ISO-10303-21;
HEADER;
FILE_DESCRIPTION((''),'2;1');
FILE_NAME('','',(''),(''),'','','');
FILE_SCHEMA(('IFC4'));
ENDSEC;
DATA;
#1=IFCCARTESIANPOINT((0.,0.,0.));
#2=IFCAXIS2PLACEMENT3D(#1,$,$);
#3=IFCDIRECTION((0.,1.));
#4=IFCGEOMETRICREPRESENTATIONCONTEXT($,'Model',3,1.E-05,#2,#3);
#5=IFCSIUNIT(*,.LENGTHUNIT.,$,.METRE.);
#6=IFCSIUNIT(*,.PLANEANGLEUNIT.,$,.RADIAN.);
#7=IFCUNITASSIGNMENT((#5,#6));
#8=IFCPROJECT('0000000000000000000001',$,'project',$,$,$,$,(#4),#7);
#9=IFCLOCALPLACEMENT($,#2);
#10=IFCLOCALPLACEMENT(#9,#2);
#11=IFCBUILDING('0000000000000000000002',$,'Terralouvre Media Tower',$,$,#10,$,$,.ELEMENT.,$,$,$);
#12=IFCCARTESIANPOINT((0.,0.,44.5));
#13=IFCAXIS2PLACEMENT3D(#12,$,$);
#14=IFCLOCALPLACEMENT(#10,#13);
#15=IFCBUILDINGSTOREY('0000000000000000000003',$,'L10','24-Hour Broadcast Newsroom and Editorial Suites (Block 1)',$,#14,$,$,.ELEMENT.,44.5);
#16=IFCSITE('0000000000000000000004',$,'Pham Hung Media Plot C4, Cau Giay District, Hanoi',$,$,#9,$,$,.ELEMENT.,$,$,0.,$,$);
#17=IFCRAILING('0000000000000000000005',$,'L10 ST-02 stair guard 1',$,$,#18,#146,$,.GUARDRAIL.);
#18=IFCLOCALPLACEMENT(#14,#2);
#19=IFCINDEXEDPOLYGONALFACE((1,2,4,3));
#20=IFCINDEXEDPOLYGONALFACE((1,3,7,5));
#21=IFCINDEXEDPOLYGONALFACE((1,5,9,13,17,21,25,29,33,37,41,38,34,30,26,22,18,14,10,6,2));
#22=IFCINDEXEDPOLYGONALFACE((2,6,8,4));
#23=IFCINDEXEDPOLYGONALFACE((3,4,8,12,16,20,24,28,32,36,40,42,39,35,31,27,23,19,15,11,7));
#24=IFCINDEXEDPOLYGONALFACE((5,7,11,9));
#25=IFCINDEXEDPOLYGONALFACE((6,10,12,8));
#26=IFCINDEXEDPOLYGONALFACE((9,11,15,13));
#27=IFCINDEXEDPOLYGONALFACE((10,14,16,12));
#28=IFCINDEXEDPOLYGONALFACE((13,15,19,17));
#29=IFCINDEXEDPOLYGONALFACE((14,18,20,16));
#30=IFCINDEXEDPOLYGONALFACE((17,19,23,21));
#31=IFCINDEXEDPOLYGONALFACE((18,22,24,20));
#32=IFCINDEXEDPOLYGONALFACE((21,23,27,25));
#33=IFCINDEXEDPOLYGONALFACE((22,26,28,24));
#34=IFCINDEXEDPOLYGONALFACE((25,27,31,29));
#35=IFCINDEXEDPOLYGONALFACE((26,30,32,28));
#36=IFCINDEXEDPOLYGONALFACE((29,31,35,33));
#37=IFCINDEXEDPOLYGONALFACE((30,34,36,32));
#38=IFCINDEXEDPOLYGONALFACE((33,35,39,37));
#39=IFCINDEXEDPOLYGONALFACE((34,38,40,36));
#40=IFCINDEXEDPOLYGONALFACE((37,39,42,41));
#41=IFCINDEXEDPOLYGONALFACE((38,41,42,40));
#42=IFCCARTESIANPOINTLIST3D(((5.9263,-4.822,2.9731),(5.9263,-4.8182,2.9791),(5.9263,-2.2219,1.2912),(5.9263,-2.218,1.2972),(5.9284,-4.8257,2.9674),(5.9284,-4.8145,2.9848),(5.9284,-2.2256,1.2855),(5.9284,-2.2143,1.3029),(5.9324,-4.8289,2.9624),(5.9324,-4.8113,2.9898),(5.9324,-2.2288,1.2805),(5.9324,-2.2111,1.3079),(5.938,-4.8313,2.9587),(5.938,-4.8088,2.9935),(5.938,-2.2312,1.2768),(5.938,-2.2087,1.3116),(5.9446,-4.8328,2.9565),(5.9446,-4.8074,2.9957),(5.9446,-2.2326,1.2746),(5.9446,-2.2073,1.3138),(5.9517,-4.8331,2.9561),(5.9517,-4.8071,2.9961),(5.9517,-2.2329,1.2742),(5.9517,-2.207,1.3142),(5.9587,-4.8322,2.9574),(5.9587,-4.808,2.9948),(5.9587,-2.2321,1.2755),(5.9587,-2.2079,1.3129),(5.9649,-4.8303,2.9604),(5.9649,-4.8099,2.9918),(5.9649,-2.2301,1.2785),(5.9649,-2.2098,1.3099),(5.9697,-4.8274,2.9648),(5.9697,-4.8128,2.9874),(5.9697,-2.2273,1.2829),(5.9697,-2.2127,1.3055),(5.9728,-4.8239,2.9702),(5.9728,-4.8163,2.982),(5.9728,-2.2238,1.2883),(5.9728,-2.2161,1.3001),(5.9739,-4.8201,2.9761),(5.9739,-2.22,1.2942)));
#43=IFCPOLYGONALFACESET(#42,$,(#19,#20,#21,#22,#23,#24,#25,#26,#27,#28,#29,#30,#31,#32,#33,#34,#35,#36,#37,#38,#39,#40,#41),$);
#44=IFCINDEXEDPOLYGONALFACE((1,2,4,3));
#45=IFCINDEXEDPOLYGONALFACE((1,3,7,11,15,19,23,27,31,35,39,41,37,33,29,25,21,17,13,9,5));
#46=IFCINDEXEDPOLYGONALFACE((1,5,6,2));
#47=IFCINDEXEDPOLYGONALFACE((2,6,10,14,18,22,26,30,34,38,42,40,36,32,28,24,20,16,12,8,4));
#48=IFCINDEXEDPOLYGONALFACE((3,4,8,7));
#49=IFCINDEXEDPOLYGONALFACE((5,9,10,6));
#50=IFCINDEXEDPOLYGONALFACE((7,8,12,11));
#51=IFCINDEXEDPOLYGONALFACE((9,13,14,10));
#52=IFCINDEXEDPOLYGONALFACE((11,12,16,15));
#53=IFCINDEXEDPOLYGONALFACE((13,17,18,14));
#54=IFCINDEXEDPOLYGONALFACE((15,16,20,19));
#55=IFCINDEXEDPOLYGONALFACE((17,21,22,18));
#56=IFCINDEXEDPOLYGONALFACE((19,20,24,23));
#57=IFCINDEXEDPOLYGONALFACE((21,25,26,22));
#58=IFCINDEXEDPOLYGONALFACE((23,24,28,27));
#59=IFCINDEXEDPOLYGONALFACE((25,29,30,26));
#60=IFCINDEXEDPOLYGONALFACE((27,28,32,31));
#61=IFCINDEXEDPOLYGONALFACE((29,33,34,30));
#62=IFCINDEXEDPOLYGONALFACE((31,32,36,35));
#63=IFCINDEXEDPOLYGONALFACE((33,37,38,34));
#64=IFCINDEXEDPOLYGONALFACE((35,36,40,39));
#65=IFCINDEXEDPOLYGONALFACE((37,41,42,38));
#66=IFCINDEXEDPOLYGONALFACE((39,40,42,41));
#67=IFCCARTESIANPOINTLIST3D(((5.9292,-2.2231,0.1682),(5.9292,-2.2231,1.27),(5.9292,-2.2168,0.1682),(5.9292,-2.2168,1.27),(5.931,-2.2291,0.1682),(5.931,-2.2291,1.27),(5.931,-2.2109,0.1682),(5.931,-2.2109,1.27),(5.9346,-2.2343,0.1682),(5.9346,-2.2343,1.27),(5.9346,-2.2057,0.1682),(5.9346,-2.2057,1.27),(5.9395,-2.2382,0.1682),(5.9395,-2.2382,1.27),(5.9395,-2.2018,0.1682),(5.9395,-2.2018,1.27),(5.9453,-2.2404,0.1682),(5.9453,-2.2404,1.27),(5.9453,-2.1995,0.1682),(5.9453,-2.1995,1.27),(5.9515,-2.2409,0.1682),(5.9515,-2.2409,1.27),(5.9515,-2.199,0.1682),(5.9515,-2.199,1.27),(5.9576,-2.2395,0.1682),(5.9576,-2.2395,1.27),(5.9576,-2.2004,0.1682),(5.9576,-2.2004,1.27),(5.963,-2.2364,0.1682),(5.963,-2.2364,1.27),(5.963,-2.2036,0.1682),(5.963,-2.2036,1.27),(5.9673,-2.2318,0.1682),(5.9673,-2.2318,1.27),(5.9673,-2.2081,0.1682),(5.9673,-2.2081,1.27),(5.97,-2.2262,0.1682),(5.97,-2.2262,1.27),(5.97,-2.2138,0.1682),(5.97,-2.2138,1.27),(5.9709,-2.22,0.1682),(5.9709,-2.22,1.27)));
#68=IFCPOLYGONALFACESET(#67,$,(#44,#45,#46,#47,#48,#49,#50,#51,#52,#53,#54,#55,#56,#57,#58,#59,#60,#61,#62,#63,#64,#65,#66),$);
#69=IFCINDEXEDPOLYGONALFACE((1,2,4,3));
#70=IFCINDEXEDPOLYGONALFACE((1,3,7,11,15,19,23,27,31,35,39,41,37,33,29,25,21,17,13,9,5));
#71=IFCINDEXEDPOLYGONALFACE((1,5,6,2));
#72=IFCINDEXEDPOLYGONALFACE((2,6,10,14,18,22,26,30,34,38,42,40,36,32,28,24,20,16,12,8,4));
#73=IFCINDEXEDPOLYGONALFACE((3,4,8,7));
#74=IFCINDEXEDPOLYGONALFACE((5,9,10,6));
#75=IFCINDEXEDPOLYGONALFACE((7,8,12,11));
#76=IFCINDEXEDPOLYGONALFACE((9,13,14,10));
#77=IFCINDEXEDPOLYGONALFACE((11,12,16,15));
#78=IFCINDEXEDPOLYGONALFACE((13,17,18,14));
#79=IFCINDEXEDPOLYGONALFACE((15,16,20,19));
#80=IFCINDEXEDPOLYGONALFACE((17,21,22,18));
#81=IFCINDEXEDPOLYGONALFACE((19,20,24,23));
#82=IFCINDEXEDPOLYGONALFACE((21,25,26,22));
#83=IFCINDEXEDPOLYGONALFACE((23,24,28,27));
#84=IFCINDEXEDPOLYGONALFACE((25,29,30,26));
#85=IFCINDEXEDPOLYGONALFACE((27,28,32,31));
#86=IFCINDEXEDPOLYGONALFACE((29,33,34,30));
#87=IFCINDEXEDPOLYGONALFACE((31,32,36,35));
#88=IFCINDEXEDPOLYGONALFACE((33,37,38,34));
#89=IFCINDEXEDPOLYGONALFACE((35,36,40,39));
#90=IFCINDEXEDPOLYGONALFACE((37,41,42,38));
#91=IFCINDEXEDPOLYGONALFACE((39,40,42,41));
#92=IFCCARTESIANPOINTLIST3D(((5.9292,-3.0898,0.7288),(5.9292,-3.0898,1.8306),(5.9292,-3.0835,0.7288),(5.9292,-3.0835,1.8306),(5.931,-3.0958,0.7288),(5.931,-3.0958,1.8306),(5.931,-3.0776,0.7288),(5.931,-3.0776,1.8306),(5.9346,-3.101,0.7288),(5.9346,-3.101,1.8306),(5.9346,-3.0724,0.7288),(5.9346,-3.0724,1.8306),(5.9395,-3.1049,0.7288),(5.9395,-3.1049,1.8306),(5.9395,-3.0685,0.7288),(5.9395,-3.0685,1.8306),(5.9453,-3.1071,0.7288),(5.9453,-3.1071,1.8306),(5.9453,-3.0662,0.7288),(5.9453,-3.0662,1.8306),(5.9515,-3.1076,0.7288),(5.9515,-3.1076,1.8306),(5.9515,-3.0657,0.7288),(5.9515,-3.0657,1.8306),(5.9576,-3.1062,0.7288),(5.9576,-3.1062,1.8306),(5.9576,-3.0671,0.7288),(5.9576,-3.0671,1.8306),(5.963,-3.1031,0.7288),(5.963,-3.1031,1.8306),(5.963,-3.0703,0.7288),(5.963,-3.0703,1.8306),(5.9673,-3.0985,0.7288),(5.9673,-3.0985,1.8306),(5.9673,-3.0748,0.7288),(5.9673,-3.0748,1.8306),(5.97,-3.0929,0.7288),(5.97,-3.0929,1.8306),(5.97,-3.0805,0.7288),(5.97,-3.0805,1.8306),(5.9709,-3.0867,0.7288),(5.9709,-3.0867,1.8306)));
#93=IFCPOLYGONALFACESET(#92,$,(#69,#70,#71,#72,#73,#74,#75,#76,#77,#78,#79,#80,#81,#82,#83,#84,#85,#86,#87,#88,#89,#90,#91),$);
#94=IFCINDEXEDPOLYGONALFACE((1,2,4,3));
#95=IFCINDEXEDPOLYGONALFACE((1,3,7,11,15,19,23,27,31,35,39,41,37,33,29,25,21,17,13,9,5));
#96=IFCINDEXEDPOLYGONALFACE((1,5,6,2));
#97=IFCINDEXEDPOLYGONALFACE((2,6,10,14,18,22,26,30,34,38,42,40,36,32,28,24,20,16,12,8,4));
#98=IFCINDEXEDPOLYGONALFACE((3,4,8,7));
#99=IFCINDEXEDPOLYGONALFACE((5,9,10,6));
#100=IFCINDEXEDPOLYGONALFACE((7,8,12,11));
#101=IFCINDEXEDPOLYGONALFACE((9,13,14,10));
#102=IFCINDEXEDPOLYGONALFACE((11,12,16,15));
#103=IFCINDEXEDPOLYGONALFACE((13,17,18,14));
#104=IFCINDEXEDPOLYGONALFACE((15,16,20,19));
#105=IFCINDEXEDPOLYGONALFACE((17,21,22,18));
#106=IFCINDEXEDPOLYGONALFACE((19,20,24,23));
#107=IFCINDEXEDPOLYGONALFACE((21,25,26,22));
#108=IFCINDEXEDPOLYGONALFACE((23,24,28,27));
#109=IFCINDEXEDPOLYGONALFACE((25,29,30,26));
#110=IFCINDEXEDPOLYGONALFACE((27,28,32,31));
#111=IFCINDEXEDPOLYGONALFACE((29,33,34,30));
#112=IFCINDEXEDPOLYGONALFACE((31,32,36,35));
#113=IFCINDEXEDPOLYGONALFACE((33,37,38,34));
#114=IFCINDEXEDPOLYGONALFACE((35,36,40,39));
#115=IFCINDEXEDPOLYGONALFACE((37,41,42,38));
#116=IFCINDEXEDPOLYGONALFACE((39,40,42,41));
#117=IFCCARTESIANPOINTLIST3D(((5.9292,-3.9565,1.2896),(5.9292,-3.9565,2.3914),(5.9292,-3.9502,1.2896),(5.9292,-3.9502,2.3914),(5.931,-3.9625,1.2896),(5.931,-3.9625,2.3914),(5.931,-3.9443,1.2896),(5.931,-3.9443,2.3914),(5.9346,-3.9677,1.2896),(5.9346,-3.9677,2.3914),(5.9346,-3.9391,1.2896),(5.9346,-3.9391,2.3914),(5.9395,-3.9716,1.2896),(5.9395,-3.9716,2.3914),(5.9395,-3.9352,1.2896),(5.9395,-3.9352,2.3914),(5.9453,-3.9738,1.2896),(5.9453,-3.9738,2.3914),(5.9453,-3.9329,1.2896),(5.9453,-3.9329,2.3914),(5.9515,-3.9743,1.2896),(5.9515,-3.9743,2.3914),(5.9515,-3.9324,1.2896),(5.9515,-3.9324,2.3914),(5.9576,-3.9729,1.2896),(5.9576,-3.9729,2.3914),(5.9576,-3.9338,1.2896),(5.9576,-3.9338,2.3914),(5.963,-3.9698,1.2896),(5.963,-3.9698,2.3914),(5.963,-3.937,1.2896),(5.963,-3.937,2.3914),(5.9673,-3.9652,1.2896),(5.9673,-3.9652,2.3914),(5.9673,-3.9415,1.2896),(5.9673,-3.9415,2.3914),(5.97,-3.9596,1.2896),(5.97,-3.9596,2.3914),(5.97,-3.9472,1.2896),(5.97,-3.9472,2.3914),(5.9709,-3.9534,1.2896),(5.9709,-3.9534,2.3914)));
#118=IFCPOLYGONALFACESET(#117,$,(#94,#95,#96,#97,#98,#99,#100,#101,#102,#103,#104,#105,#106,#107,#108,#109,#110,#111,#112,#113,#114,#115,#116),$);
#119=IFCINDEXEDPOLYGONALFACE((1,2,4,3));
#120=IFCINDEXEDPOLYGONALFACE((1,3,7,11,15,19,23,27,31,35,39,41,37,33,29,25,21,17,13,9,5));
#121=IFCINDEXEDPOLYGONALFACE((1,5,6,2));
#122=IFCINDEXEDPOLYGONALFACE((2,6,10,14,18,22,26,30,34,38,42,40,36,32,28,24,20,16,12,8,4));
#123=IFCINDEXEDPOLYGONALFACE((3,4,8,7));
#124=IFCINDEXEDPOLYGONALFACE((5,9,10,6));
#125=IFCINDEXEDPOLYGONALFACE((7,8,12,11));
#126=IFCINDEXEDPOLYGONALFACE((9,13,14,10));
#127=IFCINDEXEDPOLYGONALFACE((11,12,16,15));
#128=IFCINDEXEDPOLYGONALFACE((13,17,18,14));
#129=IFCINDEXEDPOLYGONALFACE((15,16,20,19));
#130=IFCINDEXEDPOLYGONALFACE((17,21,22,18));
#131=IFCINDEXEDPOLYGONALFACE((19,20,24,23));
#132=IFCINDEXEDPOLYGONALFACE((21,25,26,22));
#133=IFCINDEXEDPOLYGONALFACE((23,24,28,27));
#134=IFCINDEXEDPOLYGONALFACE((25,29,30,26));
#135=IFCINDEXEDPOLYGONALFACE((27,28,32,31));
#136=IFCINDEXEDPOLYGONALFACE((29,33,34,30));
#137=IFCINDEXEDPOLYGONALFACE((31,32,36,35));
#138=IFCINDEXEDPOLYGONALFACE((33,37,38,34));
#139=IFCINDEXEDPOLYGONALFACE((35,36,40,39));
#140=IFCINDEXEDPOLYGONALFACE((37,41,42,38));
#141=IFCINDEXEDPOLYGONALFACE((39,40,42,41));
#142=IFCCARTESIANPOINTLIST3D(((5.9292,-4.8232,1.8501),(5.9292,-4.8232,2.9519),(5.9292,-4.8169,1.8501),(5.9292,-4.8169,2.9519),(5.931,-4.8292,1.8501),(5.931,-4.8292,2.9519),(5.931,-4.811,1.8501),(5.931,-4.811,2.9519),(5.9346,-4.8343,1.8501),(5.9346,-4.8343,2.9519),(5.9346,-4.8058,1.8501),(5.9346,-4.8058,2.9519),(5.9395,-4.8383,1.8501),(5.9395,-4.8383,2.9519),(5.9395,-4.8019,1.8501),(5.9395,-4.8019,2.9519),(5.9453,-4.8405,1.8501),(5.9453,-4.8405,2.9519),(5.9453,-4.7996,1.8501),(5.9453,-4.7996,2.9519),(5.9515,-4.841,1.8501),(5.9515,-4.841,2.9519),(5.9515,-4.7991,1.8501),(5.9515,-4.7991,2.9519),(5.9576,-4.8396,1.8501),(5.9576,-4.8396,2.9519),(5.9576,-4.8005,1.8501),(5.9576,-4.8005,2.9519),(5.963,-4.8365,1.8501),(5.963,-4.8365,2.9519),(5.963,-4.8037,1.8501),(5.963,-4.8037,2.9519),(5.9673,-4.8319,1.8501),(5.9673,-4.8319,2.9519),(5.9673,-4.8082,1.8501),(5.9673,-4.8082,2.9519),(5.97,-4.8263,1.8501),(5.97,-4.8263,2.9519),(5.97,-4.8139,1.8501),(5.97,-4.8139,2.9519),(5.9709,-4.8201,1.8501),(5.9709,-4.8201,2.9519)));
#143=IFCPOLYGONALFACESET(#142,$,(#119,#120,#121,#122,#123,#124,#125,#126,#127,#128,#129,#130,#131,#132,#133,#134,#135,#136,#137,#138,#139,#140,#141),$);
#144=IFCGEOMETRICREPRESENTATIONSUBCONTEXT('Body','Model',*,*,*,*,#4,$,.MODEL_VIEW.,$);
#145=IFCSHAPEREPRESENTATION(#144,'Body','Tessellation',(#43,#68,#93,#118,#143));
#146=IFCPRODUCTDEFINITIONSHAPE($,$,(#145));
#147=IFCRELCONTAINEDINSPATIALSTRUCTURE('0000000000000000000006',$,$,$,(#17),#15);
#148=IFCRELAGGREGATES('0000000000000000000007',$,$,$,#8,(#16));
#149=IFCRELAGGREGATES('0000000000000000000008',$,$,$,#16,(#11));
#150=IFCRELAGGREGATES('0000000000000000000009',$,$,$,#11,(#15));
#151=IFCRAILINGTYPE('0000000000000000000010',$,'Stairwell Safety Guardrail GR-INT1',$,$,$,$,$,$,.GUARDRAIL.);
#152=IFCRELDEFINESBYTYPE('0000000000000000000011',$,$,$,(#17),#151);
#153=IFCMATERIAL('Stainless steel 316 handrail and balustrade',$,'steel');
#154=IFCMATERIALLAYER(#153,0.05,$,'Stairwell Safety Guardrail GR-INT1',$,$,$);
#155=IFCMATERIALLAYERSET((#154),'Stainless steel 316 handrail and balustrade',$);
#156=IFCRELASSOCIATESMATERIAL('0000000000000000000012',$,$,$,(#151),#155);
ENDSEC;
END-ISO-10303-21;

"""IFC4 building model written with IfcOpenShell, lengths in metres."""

from ifc_helpers import new_model, si_unit, direction, frame, origin, origin_2d, place, context, subcontext, project, spatial, circle, extrude, material, layer, layer_set, type_object, element, save


model = new_model("IFC4")

# Units and contexts
model_context = context("Model", 3, precision=1e-05, world=origin(), true_north=direction((0.0, 1.0)))
body_context = subcontext(model_context, "Body", "Model", "MODEL_VIEW")
ifc_project = project(units=[si_unit("LENGTHUNIT", "METRE"), si_unit("PLANEANGLEUNIT", "RADIAN")], contexts=[model_context])

# Site, building, storey
site_placement = place(None, origin())
site = spatial("IfcSite", under=ifc_project, at=site_placement, Name="Pham Hung Media Plot C4, Cau Giay District, Hanoi", CompositionType="ELEMENT", RefElevation=0.0)
building_placement = place(site_placement, origin())
building = spatial("IfcBuilding", under=site, at=building_placement, Name="Terralouvre Media Tower", CompositionType="ELEMENT")
storey_placement = place(building_placement, frame((0.0, 0.0, 44.5)))
storey = spatial("IfcBuildingStorey", under=building, at=storey_placement, Name="L10", Description="24-Hour Broadcast Newsroom and Editorial Suites (Block 1)", CompositionType="ELEMENT", Elevation=44.5)

# Railing
ifc_material_1 = material(Name="Stainless steel 316 handrail and balustrade", Category="steel")
ifc_layer_1 = layer(ifc_material_1, 0.05, Name="Stairwell Safety Guardrail GR-INT1")
ifc_layer_set_1 = layer_set([ifc_layer_1], Name="Stainless steel 316 handrail and balustrade")
railing_type_1 = type_object("IfcRailingType", Name="Stairwell Safety Guardrail GR-INT1", PredefinedType="GUARDRAIL", material=ifc_layer_set_1)
railing_1_placement = place(storey_placement, frame((5.95, -2.22, 0.1682)))
element("IfcRailing", 1, at=railing_1_placement, inside=storey, type_object=railing_type_1, Name="L10 ST-02 stair guard 1", PredefinedType="GUARDRAIL", context=body_context, shape_type="SweptSolid", body=[
    extrude(circle(Radius=0.0239, at=origin_2d()), frame((0.0, 0.0, 1.126), z_axis=(0.0, -0.839648, 0.54313), x_axis=(1.0, 0.0, 0.0)), (0.0, 0.0, 1.0), 3.0967),
    extrude(circle(Radius=0.021, at=origin_2d()), origin(), (0.0, 0.0, 1.0), 1.1018),
    extrude(circle(Radius=0.021, at=origin_2d()), frame((0.0, -0.8667, 0.5605)), (0.0, 0.0, 1.0), 1.1018),
    extrude(circle(Radius=0.021, at=origin_2d()), frame((0.0, -1.7334, 1.1213)), (0.0, 0.0, 1.0), 1.1018),
    extrude(circle(Radius=0.021, at=origin_2d()), frame((0.0, -2.6001, 1.6819)), (0.0, 0.0, 1.0), 1.1018),
])

save(model, "model.ifc")
